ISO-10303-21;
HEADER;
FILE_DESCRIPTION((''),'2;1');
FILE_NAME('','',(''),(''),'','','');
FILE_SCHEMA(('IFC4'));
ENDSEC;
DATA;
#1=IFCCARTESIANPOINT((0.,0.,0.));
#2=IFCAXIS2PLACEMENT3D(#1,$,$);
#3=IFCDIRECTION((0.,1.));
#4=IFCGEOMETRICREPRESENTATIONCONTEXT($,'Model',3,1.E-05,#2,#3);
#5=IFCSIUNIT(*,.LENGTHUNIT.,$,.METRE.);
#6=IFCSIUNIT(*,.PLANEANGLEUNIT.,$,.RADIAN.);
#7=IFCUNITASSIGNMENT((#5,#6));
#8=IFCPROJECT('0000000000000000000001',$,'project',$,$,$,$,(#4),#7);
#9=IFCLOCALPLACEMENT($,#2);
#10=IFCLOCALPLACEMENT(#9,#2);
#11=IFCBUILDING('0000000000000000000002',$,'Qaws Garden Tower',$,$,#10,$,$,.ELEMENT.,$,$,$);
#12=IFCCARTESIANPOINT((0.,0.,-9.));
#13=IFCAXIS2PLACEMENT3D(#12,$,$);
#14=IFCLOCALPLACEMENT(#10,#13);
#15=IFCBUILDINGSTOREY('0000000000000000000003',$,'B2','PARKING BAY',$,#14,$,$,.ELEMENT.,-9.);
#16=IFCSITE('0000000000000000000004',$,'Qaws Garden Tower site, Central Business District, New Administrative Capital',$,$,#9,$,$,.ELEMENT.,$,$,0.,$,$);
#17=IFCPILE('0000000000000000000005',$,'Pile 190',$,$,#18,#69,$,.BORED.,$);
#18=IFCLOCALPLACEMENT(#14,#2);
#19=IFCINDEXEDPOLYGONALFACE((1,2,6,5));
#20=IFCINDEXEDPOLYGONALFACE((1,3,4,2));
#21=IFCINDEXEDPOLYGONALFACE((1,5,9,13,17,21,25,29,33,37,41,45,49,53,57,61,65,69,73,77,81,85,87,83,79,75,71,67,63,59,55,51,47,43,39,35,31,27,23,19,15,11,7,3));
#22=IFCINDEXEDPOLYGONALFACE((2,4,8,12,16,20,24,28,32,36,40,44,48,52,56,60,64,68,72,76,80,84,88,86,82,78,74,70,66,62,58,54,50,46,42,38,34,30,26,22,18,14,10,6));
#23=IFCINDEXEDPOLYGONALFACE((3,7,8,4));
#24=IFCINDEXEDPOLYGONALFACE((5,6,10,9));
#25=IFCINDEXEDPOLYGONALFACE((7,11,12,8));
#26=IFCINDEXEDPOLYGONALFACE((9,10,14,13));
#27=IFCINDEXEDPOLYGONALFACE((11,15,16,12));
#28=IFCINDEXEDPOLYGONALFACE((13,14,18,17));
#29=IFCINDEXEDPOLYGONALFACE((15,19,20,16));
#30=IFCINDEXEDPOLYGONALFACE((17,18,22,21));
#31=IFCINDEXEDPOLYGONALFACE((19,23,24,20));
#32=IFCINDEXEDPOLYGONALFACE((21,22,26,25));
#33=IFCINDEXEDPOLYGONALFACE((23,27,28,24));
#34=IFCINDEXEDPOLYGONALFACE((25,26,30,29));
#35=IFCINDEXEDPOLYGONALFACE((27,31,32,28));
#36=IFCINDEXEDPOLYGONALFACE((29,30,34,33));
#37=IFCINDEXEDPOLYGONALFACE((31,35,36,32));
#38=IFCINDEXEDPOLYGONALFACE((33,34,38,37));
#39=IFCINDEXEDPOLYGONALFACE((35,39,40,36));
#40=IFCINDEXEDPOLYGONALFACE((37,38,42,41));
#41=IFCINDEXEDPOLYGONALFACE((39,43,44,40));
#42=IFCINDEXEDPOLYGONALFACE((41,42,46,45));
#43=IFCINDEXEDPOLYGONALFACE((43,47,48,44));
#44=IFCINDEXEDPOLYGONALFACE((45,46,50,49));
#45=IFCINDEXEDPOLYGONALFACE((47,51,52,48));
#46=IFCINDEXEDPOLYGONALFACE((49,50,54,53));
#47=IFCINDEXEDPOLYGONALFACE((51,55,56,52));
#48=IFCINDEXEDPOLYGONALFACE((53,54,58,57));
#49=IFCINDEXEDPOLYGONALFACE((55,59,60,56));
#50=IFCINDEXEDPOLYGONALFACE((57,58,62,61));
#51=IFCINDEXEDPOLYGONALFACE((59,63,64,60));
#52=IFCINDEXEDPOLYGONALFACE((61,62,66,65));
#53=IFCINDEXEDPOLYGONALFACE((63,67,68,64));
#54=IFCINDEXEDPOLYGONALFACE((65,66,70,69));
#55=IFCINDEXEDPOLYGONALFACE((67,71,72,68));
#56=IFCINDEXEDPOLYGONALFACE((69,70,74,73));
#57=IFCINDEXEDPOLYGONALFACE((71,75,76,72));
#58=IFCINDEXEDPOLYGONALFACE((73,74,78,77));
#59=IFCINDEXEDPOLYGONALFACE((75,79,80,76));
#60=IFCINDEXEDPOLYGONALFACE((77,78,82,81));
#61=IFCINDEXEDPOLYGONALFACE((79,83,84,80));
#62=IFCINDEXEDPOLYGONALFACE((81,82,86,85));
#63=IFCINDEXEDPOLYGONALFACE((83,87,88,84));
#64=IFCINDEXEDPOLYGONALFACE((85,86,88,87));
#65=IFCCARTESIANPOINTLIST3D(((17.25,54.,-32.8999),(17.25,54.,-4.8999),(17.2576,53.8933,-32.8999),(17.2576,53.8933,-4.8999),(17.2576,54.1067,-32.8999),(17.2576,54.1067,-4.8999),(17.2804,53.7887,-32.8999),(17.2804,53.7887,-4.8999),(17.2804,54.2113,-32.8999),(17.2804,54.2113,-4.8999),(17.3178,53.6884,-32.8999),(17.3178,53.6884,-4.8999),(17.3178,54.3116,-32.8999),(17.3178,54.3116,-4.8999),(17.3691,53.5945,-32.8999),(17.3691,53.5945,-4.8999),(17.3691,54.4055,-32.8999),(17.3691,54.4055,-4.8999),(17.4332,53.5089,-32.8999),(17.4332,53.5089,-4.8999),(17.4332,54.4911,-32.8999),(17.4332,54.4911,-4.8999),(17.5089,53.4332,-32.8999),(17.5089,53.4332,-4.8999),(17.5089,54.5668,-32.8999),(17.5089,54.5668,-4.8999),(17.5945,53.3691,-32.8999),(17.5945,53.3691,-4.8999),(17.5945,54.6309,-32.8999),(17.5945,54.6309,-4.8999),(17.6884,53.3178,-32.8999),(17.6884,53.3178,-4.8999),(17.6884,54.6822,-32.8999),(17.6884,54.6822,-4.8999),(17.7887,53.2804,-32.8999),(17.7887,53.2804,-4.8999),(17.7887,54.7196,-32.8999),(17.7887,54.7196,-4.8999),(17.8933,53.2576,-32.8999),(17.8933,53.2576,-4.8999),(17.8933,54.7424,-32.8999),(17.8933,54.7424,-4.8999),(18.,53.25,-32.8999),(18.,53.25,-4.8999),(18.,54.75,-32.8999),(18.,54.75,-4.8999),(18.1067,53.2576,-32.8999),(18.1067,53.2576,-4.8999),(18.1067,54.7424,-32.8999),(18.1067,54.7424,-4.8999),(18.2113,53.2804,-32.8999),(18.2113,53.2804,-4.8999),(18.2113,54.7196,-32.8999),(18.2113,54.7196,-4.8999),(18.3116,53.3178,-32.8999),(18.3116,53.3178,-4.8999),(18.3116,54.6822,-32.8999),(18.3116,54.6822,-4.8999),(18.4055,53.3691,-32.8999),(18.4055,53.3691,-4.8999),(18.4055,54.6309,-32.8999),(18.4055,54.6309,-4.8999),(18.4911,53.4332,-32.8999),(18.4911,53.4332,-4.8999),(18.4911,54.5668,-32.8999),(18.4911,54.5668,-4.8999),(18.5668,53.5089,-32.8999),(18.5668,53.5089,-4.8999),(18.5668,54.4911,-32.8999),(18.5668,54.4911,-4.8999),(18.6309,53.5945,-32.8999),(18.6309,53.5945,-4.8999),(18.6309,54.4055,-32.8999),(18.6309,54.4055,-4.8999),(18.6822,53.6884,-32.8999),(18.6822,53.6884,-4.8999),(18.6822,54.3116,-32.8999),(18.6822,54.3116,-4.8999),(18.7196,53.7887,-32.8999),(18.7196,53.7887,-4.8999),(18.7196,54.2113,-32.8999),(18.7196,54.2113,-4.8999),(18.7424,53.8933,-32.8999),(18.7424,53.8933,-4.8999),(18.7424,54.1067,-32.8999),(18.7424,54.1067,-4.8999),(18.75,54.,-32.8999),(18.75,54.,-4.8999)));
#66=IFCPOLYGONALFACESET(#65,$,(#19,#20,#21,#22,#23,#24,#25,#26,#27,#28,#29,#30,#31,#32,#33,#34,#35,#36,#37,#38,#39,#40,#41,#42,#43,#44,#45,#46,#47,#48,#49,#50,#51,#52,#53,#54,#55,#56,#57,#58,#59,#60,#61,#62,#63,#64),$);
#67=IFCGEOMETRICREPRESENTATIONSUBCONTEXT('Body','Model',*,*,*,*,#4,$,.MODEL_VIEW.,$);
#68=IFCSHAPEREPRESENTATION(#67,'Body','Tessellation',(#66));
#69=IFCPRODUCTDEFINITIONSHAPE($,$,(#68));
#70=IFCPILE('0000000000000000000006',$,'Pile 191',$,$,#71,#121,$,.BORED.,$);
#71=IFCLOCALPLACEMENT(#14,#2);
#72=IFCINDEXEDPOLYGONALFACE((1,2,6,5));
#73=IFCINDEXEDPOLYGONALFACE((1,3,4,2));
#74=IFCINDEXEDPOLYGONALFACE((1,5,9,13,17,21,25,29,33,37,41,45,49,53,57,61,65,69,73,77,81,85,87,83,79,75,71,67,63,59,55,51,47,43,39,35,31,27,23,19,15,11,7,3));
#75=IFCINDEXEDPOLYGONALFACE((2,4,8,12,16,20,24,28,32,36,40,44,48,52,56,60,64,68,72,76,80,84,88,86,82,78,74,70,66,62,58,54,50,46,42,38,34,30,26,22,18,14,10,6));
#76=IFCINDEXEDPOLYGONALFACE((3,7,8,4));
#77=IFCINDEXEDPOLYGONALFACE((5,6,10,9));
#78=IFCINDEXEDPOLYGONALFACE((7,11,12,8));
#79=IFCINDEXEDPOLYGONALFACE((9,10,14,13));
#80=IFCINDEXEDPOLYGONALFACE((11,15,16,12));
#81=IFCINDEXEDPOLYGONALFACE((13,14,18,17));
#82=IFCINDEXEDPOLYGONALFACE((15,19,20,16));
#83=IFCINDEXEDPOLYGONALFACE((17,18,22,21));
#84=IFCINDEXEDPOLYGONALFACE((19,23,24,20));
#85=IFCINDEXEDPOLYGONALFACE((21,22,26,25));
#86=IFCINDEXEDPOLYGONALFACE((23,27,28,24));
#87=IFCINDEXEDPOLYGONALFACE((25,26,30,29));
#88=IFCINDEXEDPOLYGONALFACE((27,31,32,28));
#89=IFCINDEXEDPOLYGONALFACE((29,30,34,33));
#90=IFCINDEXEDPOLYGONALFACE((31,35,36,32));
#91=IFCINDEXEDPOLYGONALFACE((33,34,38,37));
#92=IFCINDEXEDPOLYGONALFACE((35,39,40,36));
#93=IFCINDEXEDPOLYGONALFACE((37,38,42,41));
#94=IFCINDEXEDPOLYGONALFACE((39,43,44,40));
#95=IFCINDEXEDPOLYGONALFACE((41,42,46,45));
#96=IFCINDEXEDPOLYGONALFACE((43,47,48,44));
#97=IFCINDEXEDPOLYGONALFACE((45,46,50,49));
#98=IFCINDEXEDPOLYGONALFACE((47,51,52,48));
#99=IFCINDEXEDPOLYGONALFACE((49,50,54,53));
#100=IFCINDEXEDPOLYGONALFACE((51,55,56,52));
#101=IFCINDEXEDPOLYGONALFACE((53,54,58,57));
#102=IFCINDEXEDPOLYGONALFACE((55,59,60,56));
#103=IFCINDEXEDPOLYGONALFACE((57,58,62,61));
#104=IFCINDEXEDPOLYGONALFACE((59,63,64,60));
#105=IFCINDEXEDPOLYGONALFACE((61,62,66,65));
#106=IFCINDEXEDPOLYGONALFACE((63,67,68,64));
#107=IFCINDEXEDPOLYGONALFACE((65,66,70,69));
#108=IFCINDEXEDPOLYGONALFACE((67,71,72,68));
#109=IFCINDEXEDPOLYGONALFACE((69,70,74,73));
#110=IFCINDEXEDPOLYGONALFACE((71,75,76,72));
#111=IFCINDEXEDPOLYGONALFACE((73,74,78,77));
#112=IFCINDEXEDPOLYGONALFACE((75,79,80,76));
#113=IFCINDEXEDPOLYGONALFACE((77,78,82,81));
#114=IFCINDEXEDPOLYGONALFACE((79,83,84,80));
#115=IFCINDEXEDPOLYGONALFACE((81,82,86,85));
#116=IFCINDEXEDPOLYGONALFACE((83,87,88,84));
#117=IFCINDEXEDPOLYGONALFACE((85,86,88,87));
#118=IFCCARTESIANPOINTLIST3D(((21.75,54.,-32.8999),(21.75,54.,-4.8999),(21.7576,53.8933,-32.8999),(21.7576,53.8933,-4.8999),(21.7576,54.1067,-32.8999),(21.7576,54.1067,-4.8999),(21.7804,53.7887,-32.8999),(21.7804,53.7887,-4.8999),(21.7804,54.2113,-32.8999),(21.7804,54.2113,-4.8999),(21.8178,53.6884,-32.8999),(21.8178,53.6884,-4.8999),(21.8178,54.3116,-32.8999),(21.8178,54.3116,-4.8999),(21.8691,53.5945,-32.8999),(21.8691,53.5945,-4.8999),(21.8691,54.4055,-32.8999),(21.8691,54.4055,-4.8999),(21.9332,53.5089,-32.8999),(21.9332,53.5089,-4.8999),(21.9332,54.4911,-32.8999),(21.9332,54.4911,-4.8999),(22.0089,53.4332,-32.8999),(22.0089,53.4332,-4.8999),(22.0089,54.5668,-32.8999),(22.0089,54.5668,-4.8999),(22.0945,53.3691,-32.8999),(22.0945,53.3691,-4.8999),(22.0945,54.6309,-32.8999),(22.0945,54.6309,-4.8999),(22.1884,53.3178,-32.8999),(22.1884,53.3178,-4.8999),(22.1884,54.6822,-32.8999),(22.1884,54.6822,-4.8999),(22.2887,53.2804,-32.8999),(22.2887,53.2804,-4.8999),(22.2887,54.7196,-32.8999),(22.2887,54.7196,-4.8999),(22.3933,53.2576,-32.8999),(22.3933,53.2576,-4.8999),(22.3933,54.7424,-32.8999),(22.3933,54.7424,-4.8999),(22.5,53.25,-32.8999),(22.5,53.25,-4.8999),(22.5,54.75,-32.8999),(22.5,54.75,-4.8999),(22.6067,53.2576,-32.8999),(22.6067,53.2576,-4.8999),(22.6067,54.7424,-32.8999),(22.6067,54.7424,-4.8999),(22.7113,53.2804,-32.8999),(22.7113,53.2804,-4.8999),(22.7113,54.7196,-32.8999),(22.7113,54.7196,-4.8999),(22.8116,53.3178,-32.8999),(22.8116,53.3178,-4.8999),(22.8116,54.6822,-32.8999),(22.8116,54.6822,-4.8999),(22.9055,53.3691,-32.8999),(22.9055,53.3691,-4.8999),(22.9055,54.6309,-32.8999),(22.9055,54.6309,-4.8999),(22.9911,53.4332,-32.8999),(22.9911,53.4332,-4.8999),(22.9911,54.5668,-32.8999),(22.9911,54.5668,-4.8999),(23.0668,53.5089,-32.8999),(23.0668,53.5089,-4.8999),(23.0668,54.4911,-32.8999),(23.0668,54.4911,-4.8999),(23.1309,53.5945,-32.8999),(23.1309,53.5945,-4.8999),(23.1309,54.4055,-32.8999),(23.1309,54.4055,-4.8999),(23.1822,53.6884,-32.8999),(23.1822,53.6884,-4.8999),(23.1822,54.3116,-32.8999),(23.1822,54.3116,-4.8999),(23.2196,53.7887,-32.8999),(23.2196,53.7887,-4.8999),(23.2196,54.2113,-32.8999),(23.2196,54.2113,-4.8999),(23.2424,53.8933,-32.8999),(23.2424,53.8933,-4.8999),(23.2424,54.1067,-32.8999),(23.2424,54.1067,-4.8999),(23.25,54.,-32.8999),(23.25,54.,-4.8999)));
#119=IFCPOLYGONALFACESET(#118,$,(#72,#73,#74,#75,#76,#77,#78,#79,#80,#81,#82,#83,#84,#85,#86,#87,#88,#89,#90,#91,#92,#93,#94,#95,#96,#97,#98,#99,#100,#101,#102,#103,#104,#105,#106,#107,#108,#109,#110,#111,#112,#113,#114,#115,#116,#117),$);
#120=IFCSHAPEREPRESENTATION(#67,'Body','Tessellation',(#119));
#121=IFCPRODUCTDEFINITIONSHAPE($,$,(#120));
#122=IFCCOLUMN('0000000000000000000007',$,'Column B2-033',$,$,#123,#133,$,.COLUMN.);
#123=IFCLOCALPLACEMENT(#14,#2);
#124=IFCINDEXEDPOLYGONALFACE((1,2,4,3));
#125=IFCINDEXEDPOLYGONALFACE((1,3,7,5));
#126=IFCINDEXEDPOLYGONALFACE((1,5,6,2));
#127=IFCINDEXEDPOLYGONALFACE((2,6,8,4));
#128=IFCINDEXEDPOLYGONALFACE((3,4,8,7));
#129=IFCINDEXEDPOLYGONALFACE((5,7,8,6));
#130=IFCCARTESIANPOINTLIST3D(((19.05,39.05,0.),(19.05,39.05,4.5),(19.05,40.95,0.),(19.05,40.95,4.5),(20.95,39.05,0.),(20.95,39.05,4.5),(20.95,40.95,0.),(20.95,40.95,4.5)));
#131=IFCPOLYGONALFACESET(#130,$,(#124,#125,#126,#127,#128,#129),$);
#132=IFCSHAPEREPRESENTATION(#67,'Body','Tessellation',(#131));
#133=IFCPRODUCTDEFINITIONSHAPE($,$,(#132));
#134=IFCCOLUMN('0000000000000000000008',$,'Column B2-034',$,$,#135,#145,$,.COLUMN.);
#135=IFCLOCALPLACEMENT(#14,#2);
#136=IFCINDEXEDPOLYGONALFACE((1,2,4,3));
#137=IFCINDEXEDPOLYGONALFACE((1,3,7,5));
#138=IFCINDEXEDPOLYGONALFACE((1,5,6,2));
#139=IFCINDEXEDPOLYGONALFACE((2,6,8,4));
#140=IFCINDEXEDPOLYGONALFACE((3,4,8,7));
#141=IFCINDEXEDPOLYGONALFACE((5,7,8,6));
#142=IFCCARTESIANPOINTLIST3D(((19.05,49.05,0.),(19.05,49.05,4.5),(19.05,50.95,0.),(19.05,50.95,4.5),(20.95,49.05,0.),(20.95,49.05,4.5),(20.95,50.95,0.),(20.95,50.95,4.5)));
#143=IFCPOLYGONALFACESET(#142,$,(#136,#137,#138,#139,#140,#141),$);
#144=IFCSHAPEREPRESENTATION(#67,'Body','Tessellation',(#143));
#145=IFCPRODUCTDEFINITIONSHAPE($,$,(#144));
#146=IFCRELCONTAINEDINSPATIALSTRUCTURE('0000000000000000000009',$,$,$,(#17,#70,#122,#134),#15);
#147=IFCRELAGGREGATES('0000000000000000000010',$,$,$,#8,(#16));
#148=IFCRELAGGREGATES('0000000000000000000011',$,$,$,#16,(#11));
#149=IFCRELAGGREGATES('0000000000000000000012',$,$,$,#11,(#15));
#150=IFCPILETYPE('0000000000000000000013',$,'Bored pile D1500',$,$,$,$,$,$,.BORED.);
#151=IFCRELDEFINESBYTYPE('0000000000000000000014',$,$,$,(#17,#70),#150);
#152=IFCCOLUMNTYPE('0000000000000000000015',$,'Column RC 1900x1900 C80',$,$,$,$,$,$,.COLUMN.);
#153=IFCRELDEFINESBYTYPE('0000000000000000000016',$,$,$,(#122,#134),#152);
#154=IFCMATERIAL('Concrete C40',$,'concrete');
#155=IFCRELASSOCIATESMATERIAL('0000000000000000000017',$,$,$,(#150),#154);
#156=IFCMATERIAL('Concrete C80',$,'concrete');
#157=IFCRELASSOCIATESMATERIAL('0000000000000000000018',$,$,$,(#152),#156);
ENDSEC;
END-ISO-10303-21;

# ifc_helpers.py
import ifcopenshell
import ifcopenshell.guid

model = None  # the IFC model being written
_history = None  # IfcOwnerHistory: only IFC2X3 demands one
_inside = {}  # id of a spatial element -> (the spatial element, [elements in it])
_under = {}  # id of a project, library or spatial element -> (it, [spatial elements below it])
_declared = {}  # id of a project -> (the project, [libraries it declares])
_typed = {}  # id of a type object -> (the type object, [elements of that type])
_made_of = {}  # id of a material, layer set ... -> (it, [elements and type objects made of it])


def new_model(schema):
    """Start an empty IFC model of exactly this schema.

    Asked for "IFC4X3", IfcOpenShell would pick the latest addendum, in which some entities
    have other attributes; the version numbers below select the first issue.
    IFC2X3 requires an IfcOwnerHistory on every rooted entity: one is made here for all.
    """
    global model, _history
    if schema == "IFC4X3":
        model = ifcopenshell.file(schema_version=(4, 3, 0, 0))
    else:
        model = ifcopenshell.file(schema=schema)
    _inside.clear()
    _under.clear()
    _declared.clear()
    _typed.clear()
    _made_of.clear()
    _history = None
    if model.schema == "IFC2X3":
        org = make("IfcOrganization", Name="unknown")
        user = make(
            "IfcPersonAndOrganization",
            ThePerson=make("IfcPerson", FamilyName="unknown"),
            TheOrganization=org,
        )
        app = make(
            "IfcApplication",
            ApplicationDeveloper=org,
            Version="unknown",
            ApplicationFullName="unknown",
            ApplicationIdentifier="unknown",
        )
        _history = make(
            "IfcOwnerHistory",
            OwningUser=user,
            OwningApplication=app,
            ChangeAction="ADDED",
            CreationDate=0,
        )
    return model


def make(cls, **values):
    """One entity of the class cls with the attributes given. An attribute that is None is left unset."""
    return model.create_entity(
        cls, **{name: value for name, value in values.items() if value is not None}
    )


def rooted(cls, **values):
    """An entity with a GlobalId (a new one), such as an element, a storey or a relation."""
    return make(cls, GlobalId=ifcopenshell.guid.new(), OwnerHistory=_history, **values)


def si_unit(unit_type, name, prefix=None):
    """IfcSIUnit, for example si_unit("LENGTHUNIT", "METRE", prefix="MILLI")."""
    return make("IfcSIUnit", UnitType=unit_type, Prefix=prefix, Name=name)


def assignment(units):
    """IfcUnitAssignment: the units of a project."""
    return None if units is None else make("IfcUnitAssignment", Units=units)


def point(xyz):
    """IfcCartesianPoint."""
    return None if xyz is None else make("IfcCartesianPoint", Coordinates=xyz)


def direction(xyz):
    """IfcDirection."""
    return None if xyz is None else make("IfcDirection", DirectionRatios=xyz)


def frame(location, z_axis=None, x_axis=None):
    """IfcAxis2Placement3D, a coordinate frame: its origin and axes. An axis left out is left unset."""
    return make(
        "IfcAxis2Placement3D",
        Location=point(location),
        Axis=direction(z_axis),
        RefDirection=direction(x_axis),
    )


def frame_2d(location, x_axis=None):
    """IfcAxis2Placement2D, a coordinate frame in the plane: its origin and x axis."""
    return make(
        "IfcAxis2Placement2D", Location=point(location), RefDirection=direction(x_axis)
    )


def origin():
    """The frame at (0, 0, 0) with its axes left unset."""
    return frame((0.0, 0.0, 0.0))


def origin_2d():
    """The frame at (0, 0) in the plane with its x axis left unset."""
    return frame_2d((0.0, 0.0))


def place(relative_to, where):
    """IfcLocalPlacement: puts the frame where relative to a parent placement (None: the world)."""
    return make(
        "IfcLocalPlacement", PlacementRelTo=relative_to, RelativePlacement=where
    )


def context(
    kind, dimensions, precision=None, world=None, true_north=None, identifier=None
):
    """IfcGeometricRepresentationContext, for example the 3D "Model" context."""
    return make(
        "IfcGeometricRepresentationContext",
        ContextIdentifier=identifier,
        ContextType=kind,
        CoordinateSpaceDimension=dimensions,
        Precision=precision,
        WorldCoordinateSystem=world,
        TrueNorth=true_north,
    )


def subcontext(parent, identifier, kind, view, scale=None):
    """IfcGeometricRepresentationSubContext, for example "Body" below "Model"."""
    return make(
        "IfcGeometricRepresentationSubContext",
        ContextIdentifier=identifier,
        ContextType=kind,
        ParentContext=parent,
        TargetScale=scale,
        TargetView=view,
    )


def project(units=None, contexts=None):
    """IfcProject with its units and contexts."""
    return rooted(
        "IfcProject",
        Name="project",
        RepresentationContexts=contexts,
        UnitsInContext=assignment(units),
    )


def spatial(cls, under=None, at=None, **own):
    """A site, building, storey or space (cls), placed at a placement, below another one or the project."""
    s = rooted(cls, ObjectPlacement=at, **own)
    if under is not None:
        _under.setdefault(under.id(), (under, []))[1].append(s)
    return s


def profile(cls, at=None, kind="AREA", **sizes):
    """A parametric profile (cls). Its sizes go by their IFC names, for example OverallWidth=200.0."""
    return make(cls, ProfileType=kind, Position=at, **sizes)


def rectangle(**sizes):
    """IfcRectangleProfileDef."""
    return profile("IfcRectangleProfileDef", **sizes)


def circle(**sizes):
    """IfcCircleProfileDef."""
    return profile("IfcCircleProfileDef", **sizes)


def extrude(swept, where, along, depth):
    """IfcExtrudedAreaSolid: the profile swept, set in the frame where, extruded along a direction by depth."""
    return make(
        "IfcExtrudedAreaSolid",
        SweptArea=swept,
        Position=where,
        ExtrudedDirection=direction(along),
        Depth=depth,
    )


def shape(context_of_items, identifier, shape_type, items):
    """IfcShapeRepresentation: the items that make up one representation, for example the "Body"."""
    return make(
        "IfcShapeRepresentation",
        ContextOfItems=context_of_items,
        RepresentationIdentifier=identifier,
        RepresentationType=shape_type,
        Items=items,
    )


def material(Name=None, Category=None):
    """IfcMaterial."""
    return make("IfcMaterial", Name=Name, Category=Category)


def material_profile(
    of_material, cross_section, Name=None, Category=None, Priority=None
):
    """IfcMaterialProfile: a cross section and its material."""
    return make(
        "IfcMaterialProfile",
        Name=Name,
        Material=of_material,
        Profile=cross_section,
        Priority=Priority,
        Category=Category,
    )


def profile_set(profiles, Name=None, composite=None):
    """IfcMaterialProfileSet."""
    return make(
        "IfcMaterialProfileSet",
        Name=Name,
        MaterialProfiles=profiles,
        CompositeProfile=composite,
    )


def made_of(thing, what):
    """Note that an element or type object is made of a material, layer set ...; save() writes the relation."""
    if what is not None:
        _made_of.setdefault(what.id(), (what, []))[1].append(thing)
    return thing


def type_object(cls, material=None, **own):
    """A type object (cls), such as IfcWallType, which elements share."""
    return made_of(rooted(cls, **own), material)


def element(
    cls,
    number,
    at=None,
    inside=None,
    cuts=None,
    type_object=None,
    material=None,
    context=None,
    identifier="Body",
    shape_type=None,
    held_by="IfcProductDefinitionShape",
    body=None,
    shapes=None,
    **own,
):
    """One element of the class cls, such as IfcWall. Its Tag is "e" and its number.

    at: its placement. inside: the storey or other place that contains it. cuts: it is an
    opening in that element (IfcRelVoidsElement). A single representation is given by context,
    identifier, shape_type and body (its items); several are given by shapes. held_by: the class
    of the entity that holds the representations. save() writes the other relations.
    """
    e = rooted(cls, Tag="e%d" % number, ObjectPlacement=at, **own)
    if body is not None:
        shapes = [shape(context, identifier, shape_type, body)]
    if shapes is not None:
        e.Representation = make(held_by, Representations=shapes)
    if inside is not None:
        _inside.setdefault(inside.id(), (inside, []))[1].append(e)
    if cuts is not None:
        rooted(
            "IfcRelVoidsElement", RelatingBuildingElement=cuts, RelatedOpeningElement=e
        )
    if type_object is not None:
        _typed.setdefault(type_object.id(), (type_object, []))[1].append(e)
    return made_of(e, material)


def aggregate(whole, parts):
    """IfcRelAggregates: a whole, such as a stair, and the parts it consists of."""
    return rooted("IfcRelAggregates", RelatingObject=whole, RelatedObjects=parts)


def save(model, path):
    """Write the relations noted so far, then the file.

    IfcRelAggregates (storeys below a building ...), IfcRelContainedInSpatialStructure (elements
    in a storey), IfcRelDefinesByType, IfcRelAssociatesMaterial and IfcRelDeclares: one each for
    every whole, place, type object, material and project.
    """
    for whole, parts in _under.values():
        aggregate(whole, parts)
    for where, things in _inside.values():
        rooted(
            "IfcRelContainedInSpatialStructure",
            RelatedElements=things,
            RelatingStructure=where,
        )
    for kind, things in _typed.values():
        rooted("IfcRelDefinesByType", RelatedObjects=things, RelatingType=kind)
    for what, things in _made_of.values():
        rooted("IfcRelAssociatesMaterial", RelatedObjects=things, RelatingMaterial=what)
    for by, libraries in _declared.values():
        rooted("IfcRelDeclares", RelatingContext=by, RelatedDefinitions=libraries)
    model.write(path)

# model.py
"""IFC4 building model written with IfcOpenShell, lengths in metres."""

from ifc_helpers import new_model, si_unit, direction, frame, origin, origin_2d, place, context, subcontext, project, spatial, rectangle, circle, extrude, material, material_profile, profile_set, type_object, element, save


model = new_model("IFC4")

# Units and contexts
model_context = context("Model", 3, precision=1e-05, world=origin(), true_north=direction((0.0, 1.0)))
body_context = subcontext(model_context, "Body", "Model", "MODEL_VIEW")
ifc_project = project(units=[si_unit("LENGTHUNIT", "METRE"), si_unit("PLANEANGLEUNIT", "RADIAN")], contexts=[model_context])

# Site, building, storey
site_placement = place(None, origin())
site = spatial("IfcSite", under=ifc_project, at=site_placement, Name="Qaws Garden Tower site, Central Business District, New Administrative Capital", CompositionType="ELEMENT", RefElevation=0.0)
building_placement = place(site_placement, origin())
building = spatial("IfcBuilding", under=site, at=building_placement, Name="Qaws Garden Tower", CompositionType="ELEMENT")
storey_placement = place(building_placement, frame((0.0, 0.0, -9.0)))
storey = spatial("IfcBuildingStorey", under=building, at=storey_placement, Name="B2", Description="PARKING BAY", CompositionType="ELEMENT", Elevation=-9.0)

# Piles
ifc_material_1 = material(Name="Concrete C40", Category="concrete")
ifc_material_profile_1 = material_profile(ifc_material_1, circle(Radius=0.75, at=origin_2d()), Name="Bored pile D1500")
ifc_profile_set_1 = profile_set([ifc_material_profile_1], Name="Concrete C40")
pile_type = type_object("IfcPileType", Name="Bored pile D1500", PredefinedType="BORED", material=ifc_profile_set_1)
for number, where, z_axis, x_axis, name in (
    (1, (18.0, 54.0, -4.8999), (0.0, 0.0, -1.0), (1.0, 0.0, 0.0), "Pile 190"),
    (2, (22.5, 54.0, -4.8999), (0.0, 0.0, -1.0), (1.0, 0.0, 0.0), "Pile 191"),
):
    element("IfcPile", number, at=place(storey_placement, frame(where, z_axis=z_axis, x_axis=x_axis)), inside=storey, type_object=pile_type, Name=name, PredefinedType="BORED", context=body_context, shape_type="SweptSolid", body=[
        extrude(circle(Radius=0.75, at=origin_2d()), origin(), (0.0, 0.0, 1.0), 28.0),
    ])

# Columns
ifc_material_2 = material(Name="Concrete C80", Category="concrete")
ifc_material_profile_2 = material_profile(ifc_material_2, rectangle(XDim=1.8999, YDim=1.8999, at=origin_2d()), Name="RC 1900x1900")
ifc_profile_set_2 = profile_set([ifc_material_profile_2], Name="Concrete C80")
column_type = type_object("IfcColumnType", Name="Column RC 1900x1900 C80", PredefinedType="COLUMN", material=ifc_profile_set_2)
for number, where, z_axis, x_axis, name in (
    (3, (20.0, 40.0, 0.0), (0.0, 0.0, 1.0), (1.0, 0.0, 0.0), "Column B2-033"),
    (4, (20.0, 50.0, 0.0), (0.0, 0.0, 1.0), (1.0, 0.0, 0.0), "Column B2-034"),
):
    element("IfcColumn", number, at=place(storey_placement, frame(where, z_axis=z_axis, x_axis=x_axis)), inside=storey, type_object=column_type, Name=name, PredefinedType="COLUMN", context=body_context, shape_type="SweptSolid", body=[
        extrude(rectangle(XDim=1.8999, YDim=1.8999, at=origin_2d()), origin(), (0.0, 0.0, 1.0), 4.5),
    ])

save(model, "model.ifc")
